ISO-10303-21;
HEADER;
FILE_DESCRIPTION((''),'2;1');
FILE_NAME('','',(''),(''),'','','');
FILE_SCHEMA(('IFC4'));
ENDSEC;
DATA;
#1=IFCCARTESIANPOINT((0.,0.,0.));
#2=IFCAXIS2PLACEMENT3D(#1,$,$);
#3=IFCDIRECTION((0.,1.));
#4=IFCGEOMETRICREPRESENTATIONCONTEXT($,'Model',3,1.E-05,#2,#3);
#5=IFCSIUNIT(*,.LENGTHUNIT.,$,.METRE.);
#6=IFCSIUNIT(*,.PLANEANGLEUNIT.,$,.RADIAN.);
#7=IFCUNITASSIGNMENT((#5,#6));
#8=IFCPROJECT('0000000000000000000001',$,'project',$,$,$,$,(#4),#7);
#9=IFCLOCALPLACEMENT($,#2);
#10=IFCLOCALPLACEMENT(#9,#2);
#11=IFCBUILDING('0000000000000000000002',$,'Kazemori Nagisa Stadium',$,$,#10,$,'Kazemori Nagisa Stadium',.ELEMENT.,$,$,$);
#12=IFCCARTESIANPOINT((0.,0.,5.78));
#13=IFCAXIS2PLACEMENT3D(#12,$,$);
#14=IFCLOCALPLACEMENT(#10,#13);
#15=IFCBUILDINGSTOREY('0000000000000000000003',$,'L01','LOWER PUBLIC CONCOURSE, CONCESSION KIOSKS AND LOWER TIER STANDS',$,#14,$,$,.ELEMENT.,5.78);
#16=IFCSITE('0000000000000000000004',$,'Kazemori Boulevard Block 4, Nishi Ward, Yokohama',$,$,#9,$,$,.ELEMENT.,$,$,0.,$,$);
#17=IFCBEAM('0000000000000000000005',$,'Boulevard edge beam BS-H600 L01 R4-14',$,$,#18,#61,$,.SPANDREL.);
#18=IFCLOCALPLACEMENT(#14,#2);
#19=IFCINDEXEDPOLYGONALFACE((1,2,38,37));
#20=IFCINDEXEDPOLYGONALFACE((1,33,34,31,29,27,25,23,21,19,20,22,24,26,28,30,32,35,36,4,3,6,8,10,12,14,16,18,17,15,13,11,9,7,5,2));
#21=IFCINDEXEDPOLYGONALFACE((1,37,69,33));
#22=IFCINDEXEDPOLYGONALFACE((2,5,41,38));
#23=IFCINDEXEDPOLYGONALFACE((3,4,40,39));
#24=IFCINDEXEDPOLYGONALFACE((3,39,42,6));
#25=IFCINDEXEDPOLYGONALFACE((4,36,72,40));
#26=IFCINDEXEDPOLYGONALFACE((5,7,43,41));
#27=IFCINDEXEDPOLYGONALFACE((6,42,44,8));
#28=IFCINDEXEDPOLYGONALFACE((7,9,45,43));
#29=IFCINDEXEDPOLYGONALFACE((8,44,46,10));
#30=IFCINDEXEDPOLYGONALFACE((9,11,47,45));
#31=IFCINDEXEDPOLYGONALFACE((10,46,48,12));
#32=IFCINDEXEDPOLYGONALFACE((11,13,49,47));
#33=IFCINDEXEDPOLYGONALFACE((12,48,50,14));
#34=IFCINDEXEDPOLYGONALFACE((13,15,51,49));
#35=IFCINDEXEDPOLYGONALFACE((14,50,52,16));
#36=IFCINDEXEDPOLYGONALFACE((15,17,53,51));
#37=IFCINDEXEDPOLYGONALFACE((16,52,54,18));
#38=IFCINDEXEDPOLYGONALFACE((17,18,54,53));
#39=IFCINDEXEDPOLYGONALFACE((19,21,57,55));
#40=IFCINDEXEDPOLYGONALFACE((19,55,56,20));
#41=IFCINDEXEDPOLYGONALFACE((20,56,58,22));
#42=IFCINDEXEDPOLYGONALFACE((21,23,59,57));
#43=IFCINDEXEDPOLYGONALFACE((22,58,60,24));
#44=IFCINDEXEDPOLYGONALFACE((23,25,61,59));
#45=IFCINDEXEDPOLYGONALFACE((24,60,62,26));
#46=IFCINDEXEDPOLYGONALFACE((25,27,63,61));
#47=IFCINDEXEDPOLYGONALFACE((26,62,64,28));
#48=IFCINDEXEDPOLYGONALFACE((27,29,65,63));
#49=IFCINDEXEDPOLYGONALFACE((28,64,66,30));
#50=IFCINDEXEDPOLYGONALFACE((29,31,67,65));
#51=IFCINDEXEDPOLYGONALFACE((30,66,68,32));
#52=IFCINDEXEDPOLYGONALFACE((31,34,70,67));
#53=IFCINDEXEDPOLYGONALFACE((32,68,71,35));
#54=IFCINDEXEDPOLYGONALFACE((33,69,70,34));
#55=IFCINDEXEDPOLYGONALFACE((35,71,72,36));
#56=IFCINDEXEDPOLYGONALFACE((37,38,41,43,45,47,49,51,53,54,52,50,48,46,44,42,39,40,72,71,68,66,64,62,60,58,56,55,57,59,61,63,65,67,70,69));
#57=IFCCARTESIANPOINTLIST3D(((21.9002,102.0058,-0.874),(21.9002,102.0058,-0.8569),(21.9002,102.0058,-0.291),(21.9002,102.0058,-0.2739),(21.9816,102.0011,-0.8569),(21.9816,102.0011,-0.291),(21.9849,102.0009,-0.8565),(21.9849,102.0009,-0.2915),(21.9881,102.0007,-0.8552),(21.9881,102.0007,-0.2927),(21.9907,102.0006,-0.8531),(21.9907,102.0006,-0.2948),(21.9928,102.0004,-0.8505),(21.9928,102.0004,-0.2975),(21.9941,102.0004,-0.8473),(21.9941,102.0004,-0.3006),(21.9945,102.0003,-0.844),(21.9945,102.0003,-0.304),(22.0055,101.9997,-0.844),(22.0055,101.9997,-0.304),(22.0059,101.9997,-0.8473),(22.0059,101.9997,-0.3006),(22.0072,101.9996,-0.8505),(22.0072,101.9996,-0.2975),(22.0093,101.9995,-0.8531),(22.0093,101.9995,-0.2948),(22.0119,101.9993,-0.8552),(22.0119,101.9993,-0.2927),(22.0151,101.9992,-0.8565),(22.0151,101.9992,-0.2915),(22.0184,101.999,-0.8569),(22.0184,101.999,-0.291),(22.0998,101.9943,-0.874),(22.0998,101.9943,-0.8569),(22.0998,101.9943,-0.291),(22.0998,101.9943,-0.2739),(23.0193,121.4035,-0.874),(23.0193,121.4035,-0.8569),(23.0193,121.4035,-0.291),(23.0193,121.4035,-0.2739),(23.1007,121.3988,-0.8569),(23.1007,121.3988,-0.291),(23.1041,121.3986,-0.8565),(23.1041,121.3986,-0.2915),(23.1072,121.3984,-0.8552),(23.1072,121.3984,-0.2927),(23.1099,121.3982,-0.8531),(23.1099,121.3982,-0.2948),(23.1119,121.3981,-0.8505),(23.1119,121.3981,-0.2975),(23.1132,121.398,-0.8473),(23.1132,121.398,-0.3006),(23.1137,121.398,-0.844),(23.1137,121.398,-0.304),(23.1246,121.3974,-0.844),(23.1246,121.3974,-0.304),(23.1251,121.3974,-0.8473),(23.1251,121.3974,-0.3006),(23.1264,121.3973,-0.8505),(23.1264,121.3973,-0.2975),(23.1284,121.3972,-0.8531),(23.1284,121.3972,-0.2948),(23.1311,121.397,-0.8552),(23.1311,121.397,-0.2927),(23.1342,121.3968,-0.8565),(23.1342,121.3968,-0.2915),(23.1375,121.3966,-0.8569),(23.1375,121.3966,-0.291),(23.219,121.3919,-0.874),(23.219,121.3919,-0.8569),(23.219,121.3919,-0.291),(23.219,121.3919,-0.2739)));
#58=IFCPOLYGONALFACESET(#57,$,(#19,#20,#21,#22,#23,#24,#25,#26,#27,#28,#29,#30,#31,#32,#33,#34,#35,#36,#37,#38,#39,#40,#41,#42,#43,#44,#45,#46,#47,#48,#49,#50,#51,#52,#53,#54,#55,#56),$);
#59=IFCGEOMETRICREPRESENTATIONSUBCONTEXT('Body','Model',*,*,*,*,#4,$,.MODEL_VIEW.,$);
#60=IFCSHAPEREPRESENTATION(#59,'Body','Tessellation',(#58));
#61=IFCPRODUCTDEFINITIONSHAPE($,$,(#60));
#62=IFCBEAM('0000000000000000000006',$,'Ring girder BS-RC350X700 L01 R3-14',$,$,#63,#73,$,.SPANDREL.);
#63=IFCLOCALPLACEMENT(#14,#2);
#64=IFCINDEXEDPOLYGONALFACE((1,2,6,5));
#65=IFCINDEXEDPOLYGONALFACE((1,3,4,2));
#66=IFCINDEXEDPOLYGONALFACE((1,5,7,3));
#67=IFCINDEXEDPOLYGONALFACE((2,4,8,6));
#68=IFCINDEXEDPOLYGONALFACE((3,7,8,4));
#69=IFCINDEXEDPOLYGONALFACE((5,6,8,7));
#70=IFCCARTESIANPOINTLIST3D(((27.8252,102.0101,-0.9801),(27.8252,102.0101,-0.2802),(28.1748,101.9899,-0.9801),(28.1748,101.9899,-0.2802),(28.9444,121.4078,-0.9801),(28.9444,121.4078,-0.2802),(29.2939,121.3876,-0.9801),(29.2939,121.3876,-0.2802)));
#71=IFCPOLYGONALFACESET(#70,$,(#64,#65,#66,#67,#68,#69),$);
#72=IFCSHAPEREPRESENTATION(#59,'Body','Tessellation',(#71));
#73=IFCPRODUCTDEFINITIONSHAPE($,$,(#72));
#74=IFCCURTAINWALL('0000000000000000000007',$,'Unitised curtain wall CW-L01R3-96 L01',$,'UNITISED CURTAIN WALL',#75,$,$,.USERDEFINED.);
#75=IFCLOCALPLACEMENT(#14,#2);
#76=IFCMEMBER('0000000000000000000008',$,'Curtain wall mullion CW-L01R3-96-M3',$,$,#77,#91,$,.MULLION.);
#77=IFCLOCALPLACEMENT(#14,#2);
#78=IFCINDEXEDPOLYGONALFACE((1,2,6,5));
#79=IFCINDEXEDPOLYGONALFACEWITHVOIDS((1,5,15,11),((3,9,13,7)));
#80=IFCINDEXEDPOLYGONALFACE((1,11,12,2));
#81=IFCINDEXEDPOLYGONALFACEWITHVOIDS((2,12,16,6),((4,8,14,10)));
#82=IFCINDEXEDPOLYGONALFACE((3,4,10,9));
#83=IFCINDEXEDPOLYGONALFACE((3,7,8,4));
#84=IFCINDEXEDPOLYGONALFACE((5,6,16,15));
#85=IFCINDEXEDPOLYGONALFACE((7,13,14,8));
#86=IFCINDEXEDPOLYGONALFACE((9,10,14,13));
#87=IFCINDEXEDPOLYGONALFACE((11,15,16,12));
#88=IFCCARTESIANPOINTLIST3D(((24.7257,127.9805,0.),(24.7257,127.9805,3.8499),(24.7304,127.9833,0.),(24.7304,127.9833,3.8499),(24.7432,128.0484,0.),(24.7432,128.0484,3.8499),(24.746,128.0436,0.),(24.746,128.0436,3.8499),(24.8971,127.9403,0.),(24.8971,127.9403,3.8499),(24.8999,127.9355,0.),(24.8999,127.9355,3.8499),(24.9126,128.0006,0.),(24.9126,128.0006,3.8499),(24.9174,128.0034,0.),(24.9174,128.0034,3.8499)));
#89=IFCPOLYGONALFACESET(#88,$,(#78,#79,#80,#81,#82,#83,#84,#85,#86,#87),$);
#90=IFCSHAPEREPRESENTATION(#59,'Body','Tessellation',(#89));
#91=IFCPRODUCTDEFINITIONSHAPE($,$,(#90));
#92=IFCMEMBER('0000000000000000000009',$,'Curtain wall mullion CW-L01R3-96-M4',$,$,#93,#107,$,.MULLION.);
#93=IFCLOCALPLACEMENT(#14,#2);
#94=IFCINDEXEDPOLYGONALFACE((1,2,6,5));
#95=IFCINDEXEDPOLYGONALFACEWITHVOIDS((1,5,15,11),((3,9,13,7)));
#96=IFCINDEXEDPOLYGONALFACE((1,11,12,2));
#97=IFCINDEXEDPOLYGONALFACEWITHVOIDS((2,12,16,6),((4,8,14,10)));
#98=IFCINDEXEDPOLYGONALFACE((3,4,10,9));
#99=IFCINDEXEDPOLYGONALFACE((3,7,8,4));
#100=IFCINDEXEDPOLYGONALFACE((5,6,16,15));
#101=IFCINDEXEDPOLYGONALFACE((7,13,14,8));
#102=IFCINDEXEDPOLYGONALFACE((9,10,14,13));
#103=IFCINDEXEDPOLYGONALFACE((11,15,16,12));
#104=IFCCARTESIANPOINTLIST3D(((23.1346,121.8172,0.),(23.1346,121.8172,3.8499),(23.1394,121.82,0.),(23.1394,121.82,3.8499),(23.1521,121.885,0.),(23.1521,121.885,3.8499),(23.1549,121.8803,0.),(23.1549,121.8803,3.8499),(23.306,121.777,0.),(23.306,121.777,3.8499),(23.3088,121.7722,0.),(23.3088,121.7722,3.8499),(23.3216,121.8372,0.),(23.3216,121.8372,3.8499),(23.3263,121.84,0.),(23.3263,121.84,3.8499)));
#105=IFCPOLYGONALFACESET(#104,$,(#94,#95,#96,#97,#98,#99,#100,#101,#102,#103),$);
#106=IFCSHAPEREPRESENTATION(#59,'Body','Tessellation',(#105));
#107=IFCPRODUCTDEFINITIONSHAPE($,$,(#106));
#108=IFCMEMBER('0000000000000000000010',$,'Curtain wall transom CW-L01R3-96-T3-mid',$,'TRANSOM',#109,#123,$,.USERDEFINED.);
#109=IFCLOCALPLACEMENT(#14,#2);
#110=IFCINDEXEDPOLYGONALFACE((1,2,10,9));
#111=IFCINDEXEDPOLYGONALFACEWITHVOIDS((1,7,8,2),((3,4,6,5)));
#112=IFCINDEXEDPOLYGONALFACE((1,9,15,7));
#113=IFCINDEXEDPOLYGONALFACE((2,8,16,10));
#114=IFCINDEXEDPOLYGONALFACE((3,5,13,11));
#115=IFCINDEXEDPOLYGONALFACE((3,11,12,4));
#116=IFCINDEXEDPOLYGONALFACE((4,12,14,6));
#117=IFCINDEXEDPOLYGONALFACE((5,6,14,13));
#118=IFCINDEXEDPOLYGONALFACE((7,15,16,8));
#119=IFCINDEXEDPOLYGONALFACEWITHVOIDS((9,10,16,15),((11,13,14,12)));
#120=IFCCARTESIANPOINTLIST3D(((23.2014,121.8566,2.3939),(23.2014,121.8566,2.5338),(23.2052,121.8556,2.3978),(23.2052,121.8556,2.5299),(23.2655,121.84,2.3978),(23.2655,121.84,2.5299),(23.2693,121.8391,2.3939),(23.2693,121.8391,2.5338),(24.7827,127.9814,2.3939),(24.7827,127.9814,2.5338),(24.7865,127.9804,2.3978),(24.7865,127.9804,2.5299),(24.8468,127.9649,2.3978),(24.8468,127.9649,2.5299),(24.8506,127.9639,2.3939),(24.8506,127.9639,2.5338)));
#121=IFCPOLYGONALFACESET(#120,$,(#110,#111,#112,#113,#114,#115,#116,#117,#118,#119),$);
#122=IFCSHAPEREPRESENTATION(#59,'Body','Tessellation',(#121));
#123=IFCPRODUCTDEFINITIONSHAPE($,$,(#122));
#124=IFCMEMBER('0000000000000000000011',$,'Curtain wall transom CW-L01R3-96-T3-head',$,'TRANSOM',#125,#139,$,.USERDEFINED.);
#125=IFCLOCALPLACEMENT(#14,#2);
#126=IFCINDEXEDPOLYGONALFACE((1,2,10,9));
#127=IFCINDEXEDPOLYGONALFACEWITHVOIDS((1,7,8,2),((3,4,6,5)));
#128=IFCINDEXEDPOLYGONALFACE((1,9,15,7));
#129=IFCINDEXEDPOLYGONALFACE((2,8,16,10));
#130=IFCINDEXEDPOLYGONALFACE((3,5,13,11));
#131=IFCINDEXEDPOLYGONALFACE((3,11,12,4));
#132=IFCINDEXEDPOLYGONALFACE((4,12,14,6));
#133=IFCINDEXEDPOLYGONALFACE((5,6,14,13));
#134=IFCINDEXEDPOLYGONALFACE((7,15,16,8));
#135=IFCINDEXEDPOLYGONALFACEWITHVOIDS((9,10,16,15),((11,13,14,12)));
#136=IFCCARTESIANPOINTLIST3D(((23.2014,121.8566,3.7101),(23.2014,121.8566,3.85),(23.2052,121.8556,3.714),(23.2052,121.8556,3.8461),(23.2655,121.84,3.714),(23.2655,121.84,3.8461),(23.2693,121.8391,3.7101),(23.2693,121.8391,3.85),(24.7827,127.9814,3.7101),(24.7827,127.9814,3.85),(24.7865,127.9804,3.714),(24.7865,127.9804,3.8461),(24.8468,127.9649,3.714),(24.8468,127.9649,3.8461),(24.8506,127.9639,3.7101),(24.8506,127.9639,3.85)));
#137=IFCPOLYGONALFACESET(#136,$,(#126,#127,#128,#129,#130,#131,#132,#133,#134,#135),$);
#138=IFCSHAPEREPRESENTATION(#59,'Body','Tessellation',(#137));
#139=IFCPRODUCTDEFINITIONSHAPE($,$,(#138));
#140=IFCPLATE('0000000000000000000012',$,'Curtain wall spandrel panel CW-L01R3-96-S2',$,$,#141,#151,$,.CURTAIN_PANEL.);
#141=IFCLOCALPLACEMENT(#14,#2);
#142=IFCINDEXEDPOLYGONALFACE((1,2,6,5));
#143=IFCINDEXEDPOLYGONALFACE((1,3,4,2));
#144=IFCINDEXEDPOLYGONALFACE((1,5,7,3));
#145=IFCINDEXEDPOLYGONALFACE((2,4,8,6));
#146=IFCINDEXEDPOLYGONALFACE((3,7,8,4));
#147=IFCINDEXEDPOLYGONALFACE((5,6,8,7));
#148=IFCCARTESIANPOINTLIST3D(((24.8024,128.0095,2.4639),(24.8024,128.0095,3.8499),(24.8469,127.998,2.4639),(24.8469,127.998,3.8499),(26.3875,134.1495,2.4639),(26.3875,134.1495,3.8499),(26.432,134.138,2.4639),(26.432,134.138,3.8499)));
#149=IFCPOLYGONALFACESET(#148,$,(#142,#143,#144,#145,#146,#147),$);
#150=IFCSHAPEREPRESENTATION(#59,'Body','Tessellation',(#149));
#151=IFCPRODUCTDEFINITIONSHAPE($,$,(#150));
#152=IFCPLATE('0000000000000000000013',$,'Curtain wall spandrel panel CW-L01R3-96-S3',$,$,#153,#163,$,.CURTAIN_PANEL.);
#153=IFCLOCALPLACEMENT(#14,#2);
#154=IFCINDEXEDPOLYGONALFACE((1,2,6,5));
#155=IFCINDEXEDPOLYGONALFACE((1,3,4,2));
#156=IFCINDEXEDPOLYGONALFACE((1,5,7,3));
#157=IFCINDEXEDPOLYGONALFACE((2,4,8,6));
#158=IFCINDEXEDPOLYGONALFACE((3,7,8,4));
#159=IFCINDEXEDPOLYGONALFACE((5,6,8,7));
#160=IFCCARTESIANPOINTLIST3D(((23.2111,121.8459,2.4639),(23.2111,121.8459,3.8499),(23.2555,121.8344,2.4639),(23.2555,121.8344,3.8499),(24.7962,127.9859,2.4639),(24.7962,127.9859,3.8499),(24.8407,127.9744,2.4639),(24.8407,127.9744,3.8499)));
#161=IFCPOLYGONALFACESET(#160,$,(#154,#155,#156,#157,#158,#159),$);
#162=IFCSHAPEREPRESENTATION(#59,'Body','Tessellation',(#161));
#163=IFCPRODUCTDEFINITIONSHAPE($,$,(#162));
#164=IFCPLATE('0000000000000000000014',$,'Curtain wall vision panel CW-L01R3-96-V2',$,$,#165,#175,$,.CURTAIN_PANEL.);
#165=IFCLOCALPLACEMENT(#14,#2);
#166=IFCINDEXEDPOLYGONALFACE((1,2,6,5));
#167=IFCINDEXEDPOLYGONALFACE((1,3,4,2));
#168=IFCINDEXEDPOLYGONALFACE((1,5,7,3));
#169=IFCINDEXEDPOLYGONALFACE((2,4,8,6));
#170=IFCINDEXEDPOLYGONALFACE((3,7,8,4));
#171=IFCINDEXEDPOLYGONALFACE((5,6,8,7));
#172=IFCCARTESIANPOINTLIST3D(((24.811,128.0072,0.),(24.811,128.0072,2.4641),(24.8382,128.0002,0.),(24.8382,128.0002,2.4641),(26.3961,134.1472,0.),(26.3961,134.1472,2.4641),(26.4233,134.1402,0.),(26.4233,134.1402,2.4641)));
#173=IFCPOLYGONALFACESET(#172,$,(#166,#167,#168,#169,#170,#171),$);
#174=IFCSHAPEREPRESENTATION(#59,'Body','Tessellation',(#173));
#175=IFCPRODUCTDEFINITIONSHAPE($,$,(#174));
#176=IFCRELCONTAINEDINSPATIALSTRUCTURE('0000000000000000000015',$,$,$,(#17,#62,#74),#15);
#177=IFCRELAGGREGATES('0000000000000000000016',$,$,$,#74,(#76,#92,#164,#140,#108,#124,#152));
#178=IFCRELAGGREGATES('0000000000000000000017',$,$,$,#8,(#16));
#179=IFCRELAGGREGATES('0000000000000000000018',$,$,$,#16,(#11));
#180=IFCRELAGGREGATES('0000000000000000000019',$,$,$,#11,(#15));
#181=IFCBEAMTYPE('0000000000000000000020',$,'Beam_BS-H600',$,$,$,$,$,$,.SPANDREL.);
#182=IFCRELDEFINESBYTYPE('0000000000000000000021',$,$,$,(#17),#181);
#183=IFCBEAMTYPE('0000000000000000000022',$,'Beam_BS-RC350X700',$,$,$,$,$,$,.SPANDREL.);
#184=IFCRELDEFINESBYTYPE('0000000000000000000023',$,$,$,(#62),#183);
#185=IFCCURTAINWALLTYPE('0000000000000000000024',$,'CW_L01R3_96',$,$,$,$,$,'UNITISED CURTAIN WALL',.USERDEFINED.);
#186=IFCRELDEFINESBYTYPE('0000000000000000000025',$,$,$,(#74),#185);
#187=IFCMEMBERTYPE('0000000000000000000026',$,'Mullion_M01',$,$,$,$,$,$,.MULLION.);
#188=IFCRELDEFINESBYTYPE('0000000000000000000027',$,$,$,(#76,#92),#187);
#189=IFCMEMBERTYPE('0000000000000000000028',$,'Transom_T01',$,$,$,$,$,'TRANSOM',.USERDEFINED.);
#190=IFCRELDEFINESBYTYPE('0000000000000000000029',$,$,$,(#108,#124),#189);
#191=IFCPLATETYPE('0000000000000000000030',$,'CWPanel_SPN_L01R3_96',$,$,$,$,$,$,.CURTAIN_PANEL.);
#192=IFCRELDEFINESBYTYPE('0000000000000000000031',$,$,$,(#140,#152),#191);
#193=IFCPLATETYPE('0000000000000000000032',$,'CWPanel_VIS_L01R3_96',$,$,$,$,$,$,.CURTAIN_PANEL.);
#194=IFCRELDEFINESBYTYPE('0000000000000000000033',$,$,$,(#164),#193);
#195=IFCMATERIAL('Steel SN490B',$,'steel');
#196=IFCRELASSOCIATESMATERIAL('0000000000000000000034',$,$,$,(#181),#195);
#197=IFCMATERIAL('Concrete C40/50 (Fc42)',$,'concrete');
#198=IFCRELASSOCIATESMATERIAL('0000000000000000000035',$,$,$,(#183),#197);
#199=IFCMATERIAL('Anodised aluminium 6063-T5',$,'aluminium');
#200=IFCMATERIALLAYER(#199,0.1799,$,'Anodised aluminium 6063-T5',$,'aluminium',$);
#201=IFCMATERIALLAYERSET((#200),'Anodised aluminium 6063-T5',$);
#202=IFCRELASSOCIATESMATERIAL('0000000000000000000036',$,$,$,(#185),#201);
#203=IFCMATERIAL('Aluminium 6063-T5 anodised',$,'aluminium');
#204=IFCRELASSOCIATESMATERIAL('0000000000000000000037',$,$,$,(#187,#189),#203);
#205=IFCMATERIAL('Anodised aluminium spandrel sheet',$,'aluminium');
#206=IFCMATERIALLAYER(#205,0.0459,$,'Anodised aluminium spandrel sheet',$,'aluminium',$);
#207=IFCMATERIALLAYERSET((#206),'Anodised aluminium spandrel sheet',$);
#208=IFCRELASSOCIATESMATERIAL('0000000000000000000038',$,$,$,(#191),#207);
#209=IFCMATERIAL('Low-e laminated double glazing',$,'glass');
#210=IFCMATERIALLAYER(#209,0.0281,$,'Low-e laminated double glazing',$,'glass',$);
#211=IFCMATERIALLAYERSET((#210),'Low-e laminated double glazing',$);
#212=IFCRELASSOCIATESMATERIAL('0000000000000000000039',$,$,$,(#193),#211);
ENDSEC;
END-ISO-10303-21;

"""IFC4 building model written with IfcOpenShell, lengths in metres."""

from ifc_helpers import new_model, si_unit, direction, frame, origin, origin_2d, place, context, subcontext, project, spatial, rectangle, hollow_rectangle, i_section, extrude, material, layer, layer_set, material_profile, profile_set, type_object, element, aggregate, save


model = new_model("IFC4")

# Units and contexts
model_context = context("Model", 3, precision=1e-05, world=origin(), true_north=direction((0.0, 1.0)))
body_context = subcontext(model_context, "Body", "Model", "MODEL_VIEW")
ifc_project = project(units=[si_unit("LENGTHUNIT", "METRE"), si_unit("PLANEANGLEUNIT", "RADIAN")], contexts=[model_context])

# Site, building, storey
site_placement = place(None, origin())
site = spatial("IfcSite", under=ifc_project, at=site_placement, Name="Kazemori Boulevard Block 4, Nishi Ward, Yokohama", CompositionType="ELEMENT", RefElevation=0.0)
building_placement = place(site_placement, origin())
building = spatial("IfcBuilding", under=site, at=building_placement, Name="Kazemori Nagisa Stadium", LongName="Kazemori Nagisa Stadium", CompositionType="ELEMENT")
storey_placement = place(building_placement, frame((0.0, 0.0, 5.78)))
storey = spatial("IfcBuildingStorey", under=building, at=storey_placement, Name="L01", Description="LOWER PUBLIC CONCOURSE, CONCESSION KIOSKS AND LOWER TIER STANDS", CompositionType="ELEMENT", Elevation=5.78)

# Shared definitions
ifc_material_1 = material(Name="Concrete C40/50 (Fc42)", Category="concrete")

# Beams
ifc_material_2 = material(Name="Steel SN490B", Category="steel")
ifc_material_profile_1 = material_profile(ifc_material_2, i_section(OverallWidth=0.2, OverallDepth=0.6001, WebThickness=0.011, FlangeThickness=0.0171, FilletRadius=0.0129, at=origin_2d()), Name="H-600x200x11x17")
ifc_profile_set_1 = profile_set([ifc_material_profile_1], Name="Steel SN490B")
beam_type_1 = type_object("IfcBeamType", Name="Beam_BS-H600", PredefinedType="SPANDREL", material=ifc_profile_set_1)
beam_1_placement = place(storey_placement, frame((23.1191, 121.3977, -0.574), z_axis=(-0.057599, -0.99834, 0.0), x_axis=(0.99834, -0.057599, 0.0)))
element("IfcBeam", 1, at=beam_1_placement, inside=storey, type_object=beam_type_1, Name="Boulevard edge beam BS-H600 L01 R4-14", PredefinedType="SPANDREL", context=body_context, shape_type="SweptSolid", body=[
    extrude(i_section(OverallWidth=0.2, OverallDepth=0.6001, WebThickness=0.011, FlangeThickness=0.0171, FilletRadius=0.0129, at=origin_2d()), origin(), (0.0, 0.0, 1.0), 19.4299),
])
ifc_material_profile_2 = material_profile(ifc_material_1, rectangle(XDim=0.3501, YDim=0.7, at=origin_2d()), Name="RC-SP-350x700")
ifc_profile_set_2 = profile_set([ifc_material_profile_2], Name="Concrete C40/50 (Fc42)")
beam_type_2 = type_object("IfcBeamType", Name="Beam_BS-RC350X700", PredefinedType="SPANDREL", material=ifc_profile_set_2)
beam_2_placement = place(storey_placement, frame((29.1191, 121.3977, -0.6301), z_axis=(-0.057599, -0.99834, 0.0), x_axis=(0.99834, -0.057599, 0.0)))
element("IfcBeam", 2, at=beam_2_placement, inside=storey, type_object=beam_type_2, Name="Ring girder BS-RC350X700 L01 R3-14", PredefinedType="SPANDREL", context=body_context, shape_type="SweptSolid", body=[
    extrude(rectangle(XDim=0.3501, YDim=0.7, at=origin_2d()), origin(), (0.0, 0.0, 1.0), 19.4299),
])

# Curtain wall, members, plates
ifc_material_3 = material(Name="Anodised aluminium 6063-T5", Category="aluminium")
ifc_layer_1 = layer(ifc_material_3, 0.1799, Name="Anodised aluminium 6063-T5", Category="aluminium")
ifc_layer_set_1 = layer_set([ifc_layer_1], Name="Anodised aluminium 6063-T5")
curtain_wall_type = type_object("IfcCurtainWallType", Name="CW_L01R3_96", ElementType="UNITISED CURTAIN WALL", PredefinedType="USERDEFINED", material=ifc_layer_set_1)
curtain_wall_placement = place(storey_placement, origin())
curtain_wall = element("IfcCurtainWall", 3, at=curtain_wall_placement, inside=storey, type_object=curtain_wall_type, Name="Unitised curtain wall CW-L01R3-96 L01", ObjectType="UNITISED CURTAIN WALL", PredefinedType="USERDEFINED")
ifc_material_4 = material(Name="Aluminium 6063-T5 anodised", Category="aluminium")
ifc_material_profile_3 = material_profile(ifc_material_4, hollow_rectangle(XDim=0.0701, YDim=0.1799, WallThickness=0.0039, at=origin_2d()), Name="ALU-MULL-70x180x4")
ifc_profile_set_3 = profile_set([ifc_material_profile_3], Name="Aluminium 6063-T5 anodised")
member_type_1 = type_object("IfcMemberType", Name="Mullion_M01", PredefinedType="MULLION", material=ifc_profile_set_3)
member_1_placement = place(storey_placement, frame((24.8215, 127.9919, 0.0), z_axis=(0.0, 0.0, 1.0), x_axis=(-0.249965, -0.968255, 0.0)))
member_1 = element("IfcMember", 4, at=member_1_placement, type_object=member_type_1, Name="Curtain wall mullion CW-L01R3-96-M3", PredefinedType="MULLION", context=body_context, shape_type="SweptSolid", body=[
    extrude(hollow_rectangle(XDim=0.0701, YDim=0.1799, WallThickness=0.0039, at=origin_2d()), origin(), (0.0, 0.0, 1.0), 3.8499),
])
member_2_placement = place(storey_placement, frame((23.2305, 121.8286, 0.0), z_axis=(0.0, 0.0, 1.0), x_axis=(-0.249965, -0.968255, 0.0)))
member_2 = element("IfcMember", 5, at=member_2_placement, type_object=member_type_1, Name="Curtain wall mullion CW-L01R3-96-M4", PredefinedType="MULLION", context=body_context, shape_type="SweptSolid", body=[
    extrude(hollow_rectangle(XDim=0.0701, YDim=0.1799, WallThickness=0.0039, at=origin_2d()), origin(), (0.0, 0.0, 1.0), 3.8499),
])
ifc_material_profile_4 = material_profile(ifc_material_4, hollow_rectangle(XDim=0.0701, YDim=0.1399, WallThickness=0.0039, at=origin_2d()), Name="ALU-TRAN-70x140x4")
ifc_profile_set_4 = profile_set([ifc_material_profile_4], Name="Aluminium 6063-T5 anodised")
member_type_2 = type_object("IfcMemberType", Name="Transom_T01", ElementType="TRANSOM", PredefinedType="USERDEFINED", material=ifc_profile_set_4)
member_3_placement = place(storey_placement, frame((24.8167, 127.9727, 2.4639), z_axis=(-0.249984, -0.96825, 0.0), x_axis=(0.96825, -0.249984, 0.0)))
member_3 = element("IfcMember", 6, at=member_3_placement, type_object=member_type_2, Name="Curtain wall transom CW-L01R3-96-T3-mid", ObjectType="TRANSOM", PredefinedType="USERDEFINED", context=body_context, shape_type="SweptSolid", body=[
    extrude(hollow_rectangle(XDim=0.0701, YDim=0.1399, WallThickness=0.0039, at=origin_2d()), origin(), (0.0, 0.0, 1.0), 6.3257),
])
member_4_placement = place(storey_placement, frame((24.8167, 127.9727, 3.78), z_axis=(-0.249984, -0.96825, 0.0), x_axis=(0.96825, -0.249984, 0.0)))
member_4 = element("IfcMember", 7, at=member_4_placement, type_object=member_type_2, Name="Curtain wall transom CW-L01R3-96-T3-head", ObjectType="TRANSOM", PredefinedType="USERDEFINED", context=body_context, shape_type="SweptSolid", body=[
    extrude(hollow_rectangle(XDim=0.0701, YDim=0.1399, WallThickness=0.0039, at=origin_2d()), origin(), (0.0, 0.0, 1.0), 6.3257),
])
ifc_material_5 = material(Name="Anodised aluminium spandrel sheet", Category="aluminium")
ifc_layer_2 = layer(ifc_material_5, 0.0459, Name="Anodised aluminium spandrel sheet", Category="aluminium")
ifc_layer_set_2 = layer_set([ifc_layer_2], Name="Anodised aluminium spandrel sheet")
plate_type_1 = type_object("IfcPlateType", Name="CWPanel_SPN_L01R3_96", PredefinedType="CURTAIN_PANEL", material=ifc_layer_set_2)
plate_1_placement = place(storey_placement, frame((25.6172, 131.0737, 2.4639), z_axis=(0.0, 0.0, 1.0), x_axis=(-0.249965, -0.968255, 0.0)))
plate_1 = element("IfcPlate", 8, at=plate_1_placement, type_object=plate_type_1, Name="Curtain wall spandrel panel CW-L01R3-96-S2", PredefinedType="CURTAIN_PANEL", context=body_context, shape_type="SweptSolid", body=[
    extrude(rectangle(XDim=6.3413, YDim=0.0459, at=origin_2d()), origin(), (0.0, 0.0, 1.0), 1.386),
])
plate_2_placement = place(storey_placement, frame((24.0259, 124.9102, 2.4639), z_axis=(0.0, 0.0, 1.0), x_axis=(-0.249965, -0.968255, 0.0)))
plate_2 = element("IfcPlate", 9, at=plate_2_placement, type_object=plate_type_1, Name="Curtain wall spandrel panel CW-L01R3-96-S3", PredefinedType="CURTAIN_PANEL", context=body_context, shape_type="SweptSolid", body=[
    extrude(rectangle(XDim=6.3413, YDim=0.0459, at=origin_2d()), origin(), (0.0, 0.0, 1.0), 1.386),
])
ifc_material_6 = material(Name="Low-e laminated double glazing", Category="glass")
ifc_layer_3 = layer(ifc_material_6, 0.0281, Name="Low-e laminated double glazing", Category="glass")
ifc_layer_set_3 = layer_set([ifc_layer_3], Name="Low-e laminated double glazing")
plate_type_2 = type_object("IfcPlateType", Name="CWPanel_VIS_L01R3_96", PredefinedType="CURTAIN_PANEL", material=ifc_layer_set_3)
plate_3_placement = place(storey_placement, frame((25.6172, 131.0737, 0.0), z_axis=(0.0, 0.0, 1.0), x_axis=(-0.249965, -0.968255, 0.0)))
plate_3 = element("IfcPlate", 10, at=plate_3_placement, type_object=plate_type_2, Name="Curtain wall vision panel CW-L01R3-96-V2", PredefinedType="CURTAIN_PANEL", context=body_context, shape_type="SweptSolid", body=[
    extrude(rectangle(XDim=6.3413, YDim=0.0281, at=origin_2d()), origin(), (0.0, 0.0, 1.0), 2.4641),
])
aggregate(curtain_wall, [member_1, member_2, plate_3, plate_1, member_3, member_4, plate_2])

save(model, "model.ifc")
